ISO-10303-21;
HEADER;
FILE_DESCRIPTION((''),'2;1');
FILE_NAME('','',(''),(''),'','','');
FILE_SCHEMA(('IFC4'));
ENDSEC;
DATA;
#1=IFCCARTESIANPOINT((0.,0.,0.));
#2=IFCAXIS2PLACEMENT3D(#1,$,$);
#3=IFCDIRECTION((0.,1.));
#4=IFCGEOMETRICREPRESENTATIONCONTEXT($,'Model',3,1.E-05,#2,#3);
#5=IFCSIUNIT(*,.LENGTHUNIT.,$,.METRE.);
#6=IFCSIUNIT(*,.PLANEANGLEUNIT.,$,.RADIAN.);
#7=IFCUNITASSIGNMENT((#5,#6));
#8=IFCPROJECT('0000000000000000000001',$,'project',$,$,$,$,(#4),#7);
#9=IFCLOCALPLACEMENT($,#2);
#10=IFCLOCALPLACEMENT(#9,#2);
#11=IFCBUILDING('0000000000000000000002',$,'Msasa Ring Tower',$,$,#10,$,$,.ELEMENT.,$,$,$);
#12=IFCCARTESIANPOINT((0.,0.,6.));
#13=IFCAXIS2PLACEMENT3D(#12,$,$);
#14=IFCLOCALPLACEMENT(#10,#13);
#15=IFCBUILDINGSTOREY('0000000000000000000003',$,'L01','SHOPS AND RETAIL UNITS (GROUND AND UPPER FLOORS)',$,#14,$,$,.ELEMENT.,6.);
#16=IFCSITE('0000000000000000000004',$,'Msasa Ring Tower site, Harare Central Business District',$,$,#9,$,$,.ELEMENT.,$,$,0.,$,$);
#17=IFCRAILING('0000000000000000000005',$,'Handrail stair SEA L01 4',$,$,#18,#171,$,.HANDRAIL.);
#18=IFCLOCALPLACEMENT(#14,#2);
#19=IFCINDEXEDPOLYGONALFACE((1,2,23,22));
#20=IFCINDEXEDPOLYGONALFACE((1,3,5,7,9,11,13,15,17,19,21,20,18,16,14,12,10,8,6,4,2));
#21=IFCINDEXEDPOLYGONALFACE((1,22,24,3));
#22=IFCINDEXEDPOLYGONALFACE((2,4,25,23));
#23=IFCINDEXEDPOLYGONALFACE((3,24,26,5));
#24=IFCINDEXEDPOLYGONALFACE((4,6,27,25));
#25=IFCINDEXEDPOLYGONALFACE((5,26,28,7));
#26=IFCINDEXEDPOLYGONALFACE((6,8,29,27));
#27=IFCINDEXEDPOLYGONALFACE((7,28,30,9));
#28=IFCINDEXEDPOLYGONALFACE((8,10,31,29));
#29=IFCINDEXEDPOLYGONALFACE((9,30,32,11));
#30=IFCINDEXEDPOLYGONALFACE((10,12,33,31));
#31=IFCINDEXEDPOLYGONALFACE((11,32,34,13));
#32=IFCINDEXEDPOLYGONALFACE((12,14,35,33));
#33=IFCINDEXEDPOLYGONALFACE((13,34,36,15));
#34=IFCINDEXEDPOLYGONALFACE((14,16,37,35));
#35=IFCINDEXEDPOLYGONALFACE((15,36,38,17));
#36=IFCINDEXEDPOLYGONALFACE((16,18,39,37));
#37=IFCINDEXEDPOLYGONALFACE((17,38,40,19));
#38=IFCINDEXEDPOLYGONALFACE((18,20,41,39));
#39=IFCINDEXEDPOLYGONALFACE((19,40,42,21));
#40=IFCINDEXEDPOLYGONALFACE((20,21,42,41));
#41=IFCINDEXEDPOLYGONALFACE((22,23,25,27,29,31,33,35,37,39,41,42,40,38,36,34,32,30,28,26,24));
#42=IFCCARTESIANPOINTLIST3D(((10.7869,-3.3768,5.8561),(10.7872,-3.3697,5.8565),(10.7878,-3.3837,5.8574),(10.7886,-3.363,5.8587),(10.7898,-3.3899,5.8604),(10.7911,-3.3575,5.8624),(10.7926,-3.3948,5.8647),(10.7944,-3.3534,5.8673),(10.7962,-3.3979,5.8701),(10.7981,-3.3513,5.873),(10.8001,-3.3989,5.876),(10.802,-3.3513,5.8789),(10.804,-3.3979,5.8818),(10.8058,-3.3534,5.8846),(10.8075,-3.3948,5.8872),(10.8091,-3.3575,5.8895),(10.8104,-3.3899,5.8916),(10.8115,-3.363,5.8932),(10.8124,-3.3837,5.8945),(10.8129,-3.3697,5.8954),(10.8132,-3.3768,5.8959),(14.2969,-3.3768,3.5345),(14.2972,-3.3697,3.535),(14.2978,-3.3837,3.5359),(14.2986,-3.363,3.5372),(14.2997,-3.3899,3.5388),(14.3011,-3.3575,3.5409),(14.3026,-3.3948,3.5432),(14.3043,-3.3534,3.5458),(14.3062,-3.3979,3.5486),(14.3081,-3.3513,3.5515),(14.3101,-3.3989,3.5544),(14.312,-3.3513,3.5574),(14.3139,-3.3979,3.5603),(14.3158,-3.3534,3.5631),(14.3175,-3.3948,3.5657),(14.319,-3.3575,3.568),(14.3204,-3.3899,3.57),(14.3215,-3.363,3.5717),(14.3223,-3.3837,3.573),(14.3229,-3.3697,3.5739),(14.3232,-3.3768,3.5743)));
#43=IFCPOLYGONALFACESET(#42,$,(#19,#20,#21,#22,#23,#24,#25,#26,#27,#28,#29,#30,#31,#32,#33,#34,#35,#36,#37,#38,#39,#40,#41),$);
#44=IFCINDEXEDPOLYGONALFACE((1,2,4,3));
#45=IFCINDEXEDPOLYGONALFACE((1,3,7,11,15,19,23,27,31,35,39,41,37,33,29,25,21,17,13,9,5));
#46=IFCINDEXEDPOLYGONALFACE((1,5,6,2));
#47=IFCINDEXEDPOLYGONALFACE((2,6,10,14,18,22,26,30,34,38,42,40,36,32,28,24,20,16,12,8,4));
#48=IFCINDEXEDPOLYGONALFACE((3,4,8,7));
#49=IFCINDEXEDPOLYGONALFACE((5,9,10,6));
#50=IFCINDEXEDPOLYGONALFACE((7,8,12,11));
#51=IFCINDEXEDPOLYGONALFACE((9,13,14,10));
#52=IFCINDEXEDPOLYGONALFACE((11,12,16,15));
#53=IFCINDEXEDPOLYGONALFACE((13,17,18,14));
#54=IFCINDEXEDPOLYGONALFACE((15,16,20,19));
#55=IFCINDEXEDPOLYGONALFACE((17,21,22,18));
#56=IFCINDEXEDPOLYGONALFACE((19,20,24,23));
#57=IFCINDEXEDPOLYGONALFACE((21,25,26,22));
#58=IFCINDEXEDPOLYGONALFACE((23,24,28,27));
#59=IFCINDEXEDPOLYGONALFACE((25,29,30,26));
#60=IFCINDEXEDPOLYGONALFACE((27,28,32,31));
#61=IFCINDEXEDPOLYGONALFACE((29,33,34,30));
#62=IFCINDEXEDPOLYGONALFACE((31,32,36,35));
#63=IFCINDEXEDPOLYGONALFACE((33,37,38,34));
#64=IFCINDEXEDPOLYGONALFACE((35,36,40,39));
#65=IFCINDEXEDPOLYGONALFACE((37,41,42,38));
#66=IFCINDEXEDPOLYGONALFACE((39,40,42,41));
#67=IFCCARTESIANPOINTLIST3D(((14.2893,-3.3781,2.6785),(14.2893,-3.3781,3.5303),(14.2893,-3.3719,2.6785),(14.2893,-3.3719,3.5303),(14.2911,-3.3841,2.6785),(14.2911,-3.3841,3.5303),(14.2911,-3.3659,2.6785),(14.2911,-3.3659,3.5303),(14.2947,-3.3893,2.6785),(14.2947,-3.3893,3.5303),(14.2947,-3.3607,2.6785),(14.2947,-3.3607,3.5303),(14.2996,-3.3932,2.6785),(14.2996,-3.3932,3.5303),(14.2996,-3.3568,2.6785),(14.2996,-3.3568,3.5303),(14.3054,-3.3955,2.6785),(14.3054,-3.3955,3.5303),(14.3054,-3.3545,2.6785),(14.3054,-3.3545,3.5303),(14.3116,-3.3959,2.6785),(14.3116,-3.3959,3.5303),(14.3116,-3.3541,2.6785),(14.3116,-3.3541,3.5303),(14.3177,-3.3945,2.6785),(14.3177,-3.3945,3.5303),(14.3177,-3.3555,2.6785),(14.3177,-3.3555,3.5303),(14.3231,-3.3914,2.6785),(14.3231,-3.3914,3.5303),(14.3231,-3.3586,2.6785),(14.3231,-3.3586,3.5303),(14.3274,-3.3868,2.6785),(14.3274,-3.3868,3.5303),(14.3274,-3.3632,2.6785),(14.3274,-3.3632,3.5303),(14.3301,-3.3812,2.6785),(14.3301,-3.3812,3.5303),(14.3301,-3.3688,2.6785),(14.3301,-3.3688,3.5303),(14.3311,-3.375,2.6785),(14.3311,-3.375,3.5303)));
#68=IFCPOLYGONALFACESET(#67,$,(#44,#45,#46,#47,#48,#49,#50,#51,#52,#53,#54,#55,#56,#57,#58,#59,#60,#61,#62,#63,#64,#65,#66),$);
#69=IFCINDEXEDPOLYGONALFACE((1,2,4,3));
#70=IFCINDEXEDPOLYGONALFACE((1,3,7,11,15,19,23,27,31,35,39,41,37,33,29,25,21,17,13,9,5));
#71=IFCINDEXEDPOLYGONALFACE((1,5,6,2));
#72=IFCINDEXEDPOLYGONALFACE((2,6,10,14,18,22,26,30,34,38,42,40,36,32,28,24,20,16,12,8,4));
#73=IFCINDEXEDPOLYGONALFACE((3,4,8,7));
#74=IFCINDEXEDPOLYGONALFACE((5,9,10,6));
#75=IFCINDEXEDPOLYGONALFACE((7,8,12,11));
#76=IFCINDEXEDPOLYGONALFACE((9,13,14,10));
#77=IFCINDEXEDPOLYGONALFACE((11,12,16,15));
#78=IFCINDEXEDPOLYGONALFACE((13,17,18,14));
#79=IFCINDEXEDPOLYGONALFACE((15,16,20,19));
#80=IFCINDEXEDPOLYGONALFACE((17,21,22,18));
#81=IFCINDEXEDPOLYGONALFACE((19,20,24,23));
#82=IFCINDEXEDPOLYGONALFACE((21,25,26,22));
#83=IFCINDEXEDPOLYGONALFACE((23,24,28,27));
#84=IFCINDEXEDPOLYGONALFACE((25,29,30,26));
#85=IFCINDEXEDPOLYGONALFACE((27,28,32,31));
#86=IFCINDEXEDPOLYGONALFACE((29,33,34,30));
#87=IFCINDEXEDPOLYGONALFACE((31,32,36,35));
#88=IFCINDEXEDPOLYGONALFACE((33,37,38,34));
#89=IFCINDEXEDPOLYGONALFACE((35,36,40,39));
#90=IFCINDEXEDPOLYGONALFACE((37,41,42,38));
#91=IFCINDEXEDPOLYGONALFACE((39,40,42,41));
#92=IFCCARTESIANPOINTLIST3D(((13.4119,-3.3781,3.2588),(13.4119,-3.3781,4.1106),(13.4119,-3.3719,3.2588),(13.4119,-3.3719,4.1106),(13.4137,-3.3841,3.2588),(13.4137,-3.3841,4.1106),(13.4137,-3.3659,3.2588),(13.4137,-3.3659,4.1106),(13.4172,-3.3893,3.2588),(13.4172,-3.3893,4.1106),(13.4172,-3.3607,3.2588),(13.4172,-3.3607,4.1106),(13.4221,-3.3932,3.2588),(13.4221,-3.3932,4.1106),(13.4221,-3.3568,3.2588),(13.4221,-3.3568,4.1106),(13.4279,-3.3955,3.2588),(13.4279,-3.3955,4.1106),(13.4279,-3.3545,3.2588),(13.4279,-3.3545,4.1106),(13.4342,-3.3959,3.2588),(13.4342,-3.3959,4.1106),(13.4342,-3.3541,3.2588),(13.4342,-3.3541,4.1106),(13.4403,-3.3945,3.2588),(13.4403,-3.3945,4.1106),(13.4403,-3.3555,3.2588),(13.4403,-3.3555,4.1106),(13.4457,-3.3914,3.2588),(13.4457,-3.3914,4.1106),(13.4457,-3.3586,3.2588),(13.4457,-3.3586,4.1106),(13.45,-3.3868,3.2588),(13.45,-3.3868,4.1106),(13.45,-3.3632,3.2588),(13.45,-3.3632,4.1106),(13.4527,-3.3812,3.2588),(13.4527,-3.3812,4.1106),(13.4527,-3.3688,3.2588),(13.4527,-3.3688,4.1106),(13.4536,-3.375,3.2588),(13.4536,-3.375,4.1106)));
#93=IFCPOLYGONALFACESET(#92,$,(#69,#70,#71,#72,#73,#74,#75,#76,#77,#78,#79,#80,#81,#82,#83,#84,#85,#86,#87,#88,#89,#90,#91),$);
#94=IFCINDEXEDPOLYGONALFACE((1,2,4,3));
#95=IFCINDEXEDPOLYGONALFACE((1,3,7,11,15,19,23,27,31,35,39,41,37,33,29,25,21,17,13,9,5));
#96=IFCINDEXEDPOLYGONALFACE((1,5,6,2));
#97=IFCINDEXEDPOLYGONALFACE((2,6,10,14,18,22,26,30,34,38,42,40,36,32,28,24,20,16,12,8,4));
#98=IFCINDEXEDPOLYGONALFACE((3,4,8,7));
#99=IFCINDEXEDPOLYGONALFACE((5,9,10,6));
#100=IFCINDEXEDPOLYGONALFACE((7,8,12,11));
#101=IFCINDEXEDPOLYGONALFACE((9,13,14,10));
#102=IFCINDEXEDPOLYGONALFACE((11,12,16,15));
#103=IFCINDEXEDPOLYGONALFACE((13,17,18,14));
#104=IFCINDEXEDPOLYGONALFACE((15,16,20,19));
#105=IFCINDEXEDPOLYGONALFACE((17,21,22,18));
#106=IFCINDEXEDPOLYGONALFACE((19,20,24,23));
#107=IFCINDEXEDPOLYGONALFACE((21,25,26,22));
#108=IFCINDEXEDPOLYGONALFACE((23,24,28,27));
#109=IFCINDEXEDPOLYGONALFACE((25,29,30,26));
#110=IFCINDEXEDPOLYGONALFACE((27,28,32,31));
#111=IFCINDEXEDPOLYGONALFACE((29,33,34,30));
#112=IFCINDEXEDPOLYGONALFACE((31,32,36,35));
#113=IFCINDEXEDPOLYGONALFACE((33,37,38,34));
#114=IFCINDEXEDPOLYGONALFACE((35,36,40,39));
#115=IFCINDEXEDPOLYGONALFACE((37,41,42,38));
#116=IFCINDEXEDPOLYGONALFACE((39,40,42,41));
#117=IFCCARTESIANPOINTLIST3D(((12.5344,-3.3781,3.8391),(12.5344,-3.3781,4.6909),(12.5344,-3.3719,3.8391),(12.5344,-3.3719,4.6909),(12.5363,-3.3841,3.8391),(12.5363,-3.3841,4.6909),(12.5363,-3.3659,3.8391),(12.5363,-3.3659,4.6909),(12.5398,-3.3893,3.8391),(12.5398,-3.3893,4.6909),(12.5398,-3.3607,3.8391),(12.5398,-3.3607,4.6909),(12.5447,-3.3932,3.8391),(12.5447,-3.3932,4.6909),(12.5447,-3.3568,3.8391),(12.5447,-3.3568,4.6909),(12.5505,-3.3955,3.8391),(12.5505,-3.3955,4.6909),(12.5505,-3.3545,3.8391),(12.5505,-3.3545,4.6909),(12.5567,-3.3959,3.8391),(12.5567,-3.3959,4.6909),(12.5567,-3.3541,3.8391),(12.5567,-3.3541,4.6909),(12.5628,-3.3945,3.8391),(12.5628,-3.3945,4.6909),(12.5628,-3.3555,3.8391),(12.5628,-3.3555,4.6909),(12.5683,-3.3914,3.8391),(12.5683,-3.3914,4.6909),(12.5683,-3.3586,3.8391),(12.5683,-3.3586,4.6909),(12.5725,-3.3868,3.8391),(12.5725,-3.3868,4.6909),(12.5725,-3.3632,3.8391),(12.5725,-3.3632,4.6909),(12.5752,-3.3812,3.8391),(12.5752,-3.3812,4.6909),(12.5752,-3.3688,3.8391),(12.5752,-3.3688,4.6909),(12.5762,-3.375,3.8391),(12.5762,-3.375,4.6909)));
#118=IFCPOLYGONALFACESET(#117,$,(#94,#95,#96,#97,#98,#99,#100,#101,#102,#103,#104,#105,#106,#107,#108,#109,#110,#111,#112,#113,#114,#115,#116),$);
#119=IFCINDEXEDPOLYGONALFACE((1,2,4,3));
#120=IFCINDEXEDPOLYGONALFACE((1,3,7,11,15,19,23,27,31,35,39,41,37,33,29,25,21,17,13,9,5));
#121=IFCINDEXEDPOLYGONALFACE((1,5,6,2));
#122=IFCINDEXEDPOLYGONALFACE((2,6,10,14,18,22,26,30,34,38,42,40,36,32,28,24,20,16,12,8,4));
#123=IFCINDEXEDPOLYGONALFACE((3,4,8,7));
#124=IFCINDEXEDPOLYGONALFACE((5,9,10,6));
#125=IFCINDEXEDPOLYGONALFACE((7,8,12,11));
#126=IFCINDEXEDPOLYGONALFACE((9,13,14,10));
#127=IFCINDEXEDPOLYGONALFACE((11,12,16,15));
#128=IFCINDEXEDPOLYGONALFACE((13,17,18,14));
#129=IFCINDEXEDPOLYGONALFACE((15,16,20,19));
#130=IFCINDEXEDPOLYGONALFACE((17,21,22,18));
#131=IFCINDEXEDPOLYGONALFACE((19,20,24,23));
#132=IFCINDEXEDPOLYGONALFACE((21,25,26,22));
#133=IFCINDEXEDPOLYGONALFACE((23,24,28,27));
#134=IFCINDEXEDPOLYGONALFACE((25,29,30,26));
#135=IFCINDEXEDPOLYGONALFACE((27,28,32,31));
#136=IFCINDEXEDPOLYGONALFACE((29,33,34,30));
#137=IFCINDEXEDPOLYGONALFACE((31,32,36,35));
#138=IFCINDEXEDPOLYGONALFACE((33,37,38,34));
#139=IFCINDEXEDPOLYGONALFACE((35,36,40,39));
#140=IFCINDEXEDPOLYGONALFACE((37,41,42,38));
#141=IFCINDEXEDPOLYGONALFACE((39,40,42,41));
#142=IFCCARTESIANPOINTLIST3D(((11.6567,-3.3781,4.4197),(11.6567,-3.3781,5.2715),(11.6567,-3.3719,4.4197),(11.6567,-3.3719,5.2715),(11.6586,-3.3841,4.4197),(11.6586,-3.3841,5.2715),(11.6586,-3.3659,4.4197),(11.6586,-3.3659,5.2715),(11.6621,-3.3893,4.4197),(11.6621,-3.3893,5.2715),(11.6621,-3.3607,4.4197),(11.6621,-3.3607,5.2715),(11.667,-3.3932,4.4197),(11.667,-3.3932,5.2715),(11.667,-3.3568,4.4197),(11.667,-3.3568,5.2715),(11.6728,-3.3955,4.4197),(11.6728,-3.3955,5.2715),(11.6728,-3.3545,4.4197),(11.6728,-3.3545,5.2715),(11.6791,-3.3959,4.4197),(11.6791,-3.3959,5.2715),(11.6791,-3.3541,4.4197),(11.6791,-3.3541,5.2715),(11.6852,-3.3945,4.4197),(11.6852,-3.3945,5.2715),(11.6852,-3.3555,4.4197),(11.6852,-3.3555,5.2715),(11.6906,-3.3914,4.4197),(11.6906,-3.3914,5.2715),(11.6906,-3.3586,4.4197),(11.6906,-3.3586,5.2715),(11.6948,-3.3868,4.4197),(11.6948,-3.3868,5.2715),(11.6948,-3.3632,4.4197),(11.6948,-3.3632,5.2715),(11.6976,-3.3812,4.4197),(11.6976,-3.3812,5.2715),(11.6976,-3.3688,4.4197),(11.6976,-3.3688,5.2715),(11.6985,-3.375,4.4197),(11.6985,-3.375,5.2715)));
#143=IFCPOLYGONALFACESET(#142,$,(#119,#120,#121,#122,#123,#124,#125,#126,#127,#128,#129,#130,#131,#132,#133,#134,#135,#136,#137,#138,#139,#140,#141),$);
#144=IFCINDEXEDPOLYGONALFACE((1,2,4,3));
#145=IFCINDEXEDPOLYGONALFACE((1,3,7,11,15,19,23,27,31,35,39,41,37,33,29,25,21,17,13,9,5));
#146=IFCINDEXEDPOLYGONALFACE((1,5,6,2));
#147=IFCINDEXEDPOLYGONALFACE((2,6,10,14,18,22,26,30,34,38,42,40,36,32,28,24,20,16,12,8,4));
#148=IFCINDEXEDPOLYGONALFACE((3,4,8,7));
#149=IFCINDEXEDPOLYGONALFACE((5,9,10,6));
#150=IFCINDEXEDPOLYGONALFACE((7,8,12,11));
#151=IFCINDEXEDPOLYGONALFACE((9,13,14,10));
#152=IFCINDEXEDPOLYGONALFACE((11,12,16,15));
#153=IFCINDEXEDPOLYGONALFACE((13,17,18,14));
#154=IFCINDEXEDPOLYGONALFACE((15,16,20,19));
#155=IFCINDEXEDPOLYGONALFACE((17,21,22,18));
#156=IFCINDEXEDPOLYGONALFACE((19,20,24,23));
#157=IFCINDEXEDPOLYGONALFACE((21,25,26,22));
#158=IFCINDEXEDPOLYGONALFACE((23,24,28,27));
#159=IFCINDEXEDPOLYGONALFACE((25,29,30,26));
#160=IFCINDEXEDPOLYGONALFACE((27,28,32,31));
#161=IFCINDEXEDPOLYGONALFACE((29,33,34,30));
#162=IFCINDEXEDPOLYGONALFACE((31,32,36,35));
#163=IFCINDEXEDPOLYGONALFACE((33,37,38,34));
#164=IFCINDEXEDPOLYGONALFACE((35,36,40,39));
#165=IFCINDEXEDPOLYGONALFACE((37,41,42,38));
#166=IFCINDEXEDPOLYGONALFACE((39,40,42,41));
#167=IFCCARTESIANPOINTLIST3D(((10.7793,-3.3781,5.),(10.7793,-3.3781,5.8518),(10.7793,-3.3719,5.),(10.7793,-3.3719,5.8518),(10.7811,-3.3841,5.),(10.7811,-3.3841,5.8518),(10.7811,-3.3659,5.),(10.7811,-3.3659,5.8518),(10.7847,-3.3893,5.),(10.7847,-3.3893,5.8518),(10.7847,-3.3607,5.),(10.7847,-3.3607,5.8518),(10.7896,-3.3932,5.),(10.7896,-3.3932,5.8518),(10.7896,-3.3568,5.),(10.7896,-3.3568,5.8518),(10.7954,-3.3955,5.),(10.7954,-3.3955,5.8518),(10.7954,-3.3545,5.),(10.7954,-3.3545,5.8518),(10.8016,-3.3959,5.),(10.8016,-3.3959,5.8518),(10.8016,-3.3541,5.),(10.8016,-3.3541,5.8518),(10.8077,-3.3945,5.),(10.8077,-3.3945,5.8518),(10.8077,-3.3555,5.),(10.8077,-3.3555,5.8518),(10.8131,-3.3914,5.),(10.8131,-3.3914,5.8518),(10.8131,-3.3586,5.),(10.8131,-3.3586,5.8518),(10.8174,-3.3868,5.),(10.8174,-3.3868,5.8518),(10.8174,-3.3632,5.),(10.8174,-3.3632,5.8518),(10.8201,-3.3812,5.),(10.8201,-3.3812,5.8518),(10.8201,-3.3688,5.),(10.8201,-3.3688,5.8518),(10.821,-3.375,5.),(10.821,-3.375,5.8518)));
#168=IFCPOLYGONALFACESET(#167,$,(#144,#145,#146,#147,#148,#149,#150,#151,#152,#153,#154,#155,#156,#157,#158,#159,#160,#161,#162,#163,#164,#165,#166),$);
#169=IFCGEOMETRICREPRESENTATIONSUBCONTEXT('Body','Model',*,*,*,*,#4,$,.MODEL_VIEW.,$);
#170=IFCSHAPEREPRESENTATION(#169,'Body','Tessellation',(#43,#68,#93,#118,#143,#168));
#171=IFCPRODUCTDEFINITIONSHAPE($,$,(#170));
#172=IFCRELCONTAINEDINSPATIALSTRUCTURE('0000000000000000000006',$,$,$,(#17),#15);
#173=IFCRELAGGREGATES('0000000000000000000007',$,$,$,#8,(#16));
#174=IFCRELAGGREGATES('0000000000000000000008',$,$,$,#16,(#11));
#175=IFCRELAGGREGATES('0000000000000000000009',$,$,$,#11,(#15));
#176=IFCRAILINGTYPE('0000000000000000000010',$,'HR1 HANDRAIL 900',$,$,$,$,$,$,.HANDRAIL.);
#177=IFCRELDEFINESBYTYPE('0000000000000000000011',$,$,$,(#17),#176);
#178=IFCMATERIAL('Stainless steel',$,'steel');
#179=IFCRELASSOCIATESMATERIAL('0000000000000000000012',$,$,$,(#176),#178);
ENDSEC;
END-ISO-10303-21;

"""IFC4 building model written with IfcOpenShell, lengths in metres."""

from ifc_helpers import new_model, si_unit, direction, frame, origin, origin_2d, place, context, subcontext, project, spatial, circle, extrude, material, type_object, element, save


model = new_model("IFC4")

# Units and contexts
model_context = context("Model", 3, precision=1e-05, world=origin(), true_north=direction((0.0, 1.0)))
body_context = subcontext(model_context, "Body", "Model", "MODEL_VIEW")
ifc_project = project(units=[si_unit("LENGTHUNIT", "METRE"), si_unit("PLANEANGLEUNIT", "RADIAN")], contexts=[model_context])

# Site, building, storey
site_placement = place(None, origin())
site = spatial("IfcSite", under=ifc_project, at=site_placement, Name="Msasa Ring Tower site, Harare Central Business District", CompositionType="ELEMENT", RefElevation=0.0)
building_placement = place(site_placement, origin())
building = spatial("IfcBuilding", under=site, at=building_placement, Name="Msasa Ring Tower", CompositionType="ELEMENT")
storey_placement = place(building_placement, frame((0.0, 0.0, 6.0)))
storey = spatial("IfcBuildingStorey", under=building, at=storey_placement, Name="L01", Description="SHOPS AND RETAIL UNITS (GROUND AND UPPER FLOORS)", CompositionType="ELEMENT", Elevation=6.0)

# Railing
ifc_material_1 = material(Name="Stainless steel", Category="steel")
railing_type = type_object("IfcRailingType", Name="HR1 HANDRAIL 900", PredefinedType="HANDRAIL", material=ifc_material_1)
for number, where, name in (
    (1, (14.3101, -3.375, 2.6785), "Handrail stair SEA L01 4"),
):
    element("IfcRailing", number, at=place(storey_placement, frame(where)), inside=storey, type_object=railing_type, Name=name, PredefinedType="HANDRAIL", context=body_context, shape_type="SweptSolid", body=[
        extrude(circle(Radius=0.0239, at=origin_2d()), frame((0.0, 0.0, 0.876), z_axis=(-0.834071, 0.0, 0.551657), x_axis=(0.0, -1.0, 0.0)), (0.0, 0.0, 1.0), 4.2083),
        extrude(circle(Radius=0.021, at=origin_2d()), origin(), (0.0, 0.0, 1.0), 0.8518),
        extrude(circle(Radius=0.021, at=origin_2d()), frame((-0.8774, 0.0, 0.5803)), (0.0, 0.0, 1.0), 0.8518),
        extrude(circle(Radius=0.021, at=origin_2d()), frame((-1.7549, 0.0, 1.1606)), (0.0, 0.0, 1.0), 0.8518),
        extrude(circle(Radius=0.021, at=origin_2d()), frame((-2.6326, 0.0, 1.7412)), (0.0, 0.0, 1.0), 0.8518),
        extrude(circle(Radius=0.021, at=origin_2d()), frame((-3.51, 0.0, 2.3215)), (0.0, 0.0, 1.0), 0.8518),
    ])

save(model, "model.ifc")
